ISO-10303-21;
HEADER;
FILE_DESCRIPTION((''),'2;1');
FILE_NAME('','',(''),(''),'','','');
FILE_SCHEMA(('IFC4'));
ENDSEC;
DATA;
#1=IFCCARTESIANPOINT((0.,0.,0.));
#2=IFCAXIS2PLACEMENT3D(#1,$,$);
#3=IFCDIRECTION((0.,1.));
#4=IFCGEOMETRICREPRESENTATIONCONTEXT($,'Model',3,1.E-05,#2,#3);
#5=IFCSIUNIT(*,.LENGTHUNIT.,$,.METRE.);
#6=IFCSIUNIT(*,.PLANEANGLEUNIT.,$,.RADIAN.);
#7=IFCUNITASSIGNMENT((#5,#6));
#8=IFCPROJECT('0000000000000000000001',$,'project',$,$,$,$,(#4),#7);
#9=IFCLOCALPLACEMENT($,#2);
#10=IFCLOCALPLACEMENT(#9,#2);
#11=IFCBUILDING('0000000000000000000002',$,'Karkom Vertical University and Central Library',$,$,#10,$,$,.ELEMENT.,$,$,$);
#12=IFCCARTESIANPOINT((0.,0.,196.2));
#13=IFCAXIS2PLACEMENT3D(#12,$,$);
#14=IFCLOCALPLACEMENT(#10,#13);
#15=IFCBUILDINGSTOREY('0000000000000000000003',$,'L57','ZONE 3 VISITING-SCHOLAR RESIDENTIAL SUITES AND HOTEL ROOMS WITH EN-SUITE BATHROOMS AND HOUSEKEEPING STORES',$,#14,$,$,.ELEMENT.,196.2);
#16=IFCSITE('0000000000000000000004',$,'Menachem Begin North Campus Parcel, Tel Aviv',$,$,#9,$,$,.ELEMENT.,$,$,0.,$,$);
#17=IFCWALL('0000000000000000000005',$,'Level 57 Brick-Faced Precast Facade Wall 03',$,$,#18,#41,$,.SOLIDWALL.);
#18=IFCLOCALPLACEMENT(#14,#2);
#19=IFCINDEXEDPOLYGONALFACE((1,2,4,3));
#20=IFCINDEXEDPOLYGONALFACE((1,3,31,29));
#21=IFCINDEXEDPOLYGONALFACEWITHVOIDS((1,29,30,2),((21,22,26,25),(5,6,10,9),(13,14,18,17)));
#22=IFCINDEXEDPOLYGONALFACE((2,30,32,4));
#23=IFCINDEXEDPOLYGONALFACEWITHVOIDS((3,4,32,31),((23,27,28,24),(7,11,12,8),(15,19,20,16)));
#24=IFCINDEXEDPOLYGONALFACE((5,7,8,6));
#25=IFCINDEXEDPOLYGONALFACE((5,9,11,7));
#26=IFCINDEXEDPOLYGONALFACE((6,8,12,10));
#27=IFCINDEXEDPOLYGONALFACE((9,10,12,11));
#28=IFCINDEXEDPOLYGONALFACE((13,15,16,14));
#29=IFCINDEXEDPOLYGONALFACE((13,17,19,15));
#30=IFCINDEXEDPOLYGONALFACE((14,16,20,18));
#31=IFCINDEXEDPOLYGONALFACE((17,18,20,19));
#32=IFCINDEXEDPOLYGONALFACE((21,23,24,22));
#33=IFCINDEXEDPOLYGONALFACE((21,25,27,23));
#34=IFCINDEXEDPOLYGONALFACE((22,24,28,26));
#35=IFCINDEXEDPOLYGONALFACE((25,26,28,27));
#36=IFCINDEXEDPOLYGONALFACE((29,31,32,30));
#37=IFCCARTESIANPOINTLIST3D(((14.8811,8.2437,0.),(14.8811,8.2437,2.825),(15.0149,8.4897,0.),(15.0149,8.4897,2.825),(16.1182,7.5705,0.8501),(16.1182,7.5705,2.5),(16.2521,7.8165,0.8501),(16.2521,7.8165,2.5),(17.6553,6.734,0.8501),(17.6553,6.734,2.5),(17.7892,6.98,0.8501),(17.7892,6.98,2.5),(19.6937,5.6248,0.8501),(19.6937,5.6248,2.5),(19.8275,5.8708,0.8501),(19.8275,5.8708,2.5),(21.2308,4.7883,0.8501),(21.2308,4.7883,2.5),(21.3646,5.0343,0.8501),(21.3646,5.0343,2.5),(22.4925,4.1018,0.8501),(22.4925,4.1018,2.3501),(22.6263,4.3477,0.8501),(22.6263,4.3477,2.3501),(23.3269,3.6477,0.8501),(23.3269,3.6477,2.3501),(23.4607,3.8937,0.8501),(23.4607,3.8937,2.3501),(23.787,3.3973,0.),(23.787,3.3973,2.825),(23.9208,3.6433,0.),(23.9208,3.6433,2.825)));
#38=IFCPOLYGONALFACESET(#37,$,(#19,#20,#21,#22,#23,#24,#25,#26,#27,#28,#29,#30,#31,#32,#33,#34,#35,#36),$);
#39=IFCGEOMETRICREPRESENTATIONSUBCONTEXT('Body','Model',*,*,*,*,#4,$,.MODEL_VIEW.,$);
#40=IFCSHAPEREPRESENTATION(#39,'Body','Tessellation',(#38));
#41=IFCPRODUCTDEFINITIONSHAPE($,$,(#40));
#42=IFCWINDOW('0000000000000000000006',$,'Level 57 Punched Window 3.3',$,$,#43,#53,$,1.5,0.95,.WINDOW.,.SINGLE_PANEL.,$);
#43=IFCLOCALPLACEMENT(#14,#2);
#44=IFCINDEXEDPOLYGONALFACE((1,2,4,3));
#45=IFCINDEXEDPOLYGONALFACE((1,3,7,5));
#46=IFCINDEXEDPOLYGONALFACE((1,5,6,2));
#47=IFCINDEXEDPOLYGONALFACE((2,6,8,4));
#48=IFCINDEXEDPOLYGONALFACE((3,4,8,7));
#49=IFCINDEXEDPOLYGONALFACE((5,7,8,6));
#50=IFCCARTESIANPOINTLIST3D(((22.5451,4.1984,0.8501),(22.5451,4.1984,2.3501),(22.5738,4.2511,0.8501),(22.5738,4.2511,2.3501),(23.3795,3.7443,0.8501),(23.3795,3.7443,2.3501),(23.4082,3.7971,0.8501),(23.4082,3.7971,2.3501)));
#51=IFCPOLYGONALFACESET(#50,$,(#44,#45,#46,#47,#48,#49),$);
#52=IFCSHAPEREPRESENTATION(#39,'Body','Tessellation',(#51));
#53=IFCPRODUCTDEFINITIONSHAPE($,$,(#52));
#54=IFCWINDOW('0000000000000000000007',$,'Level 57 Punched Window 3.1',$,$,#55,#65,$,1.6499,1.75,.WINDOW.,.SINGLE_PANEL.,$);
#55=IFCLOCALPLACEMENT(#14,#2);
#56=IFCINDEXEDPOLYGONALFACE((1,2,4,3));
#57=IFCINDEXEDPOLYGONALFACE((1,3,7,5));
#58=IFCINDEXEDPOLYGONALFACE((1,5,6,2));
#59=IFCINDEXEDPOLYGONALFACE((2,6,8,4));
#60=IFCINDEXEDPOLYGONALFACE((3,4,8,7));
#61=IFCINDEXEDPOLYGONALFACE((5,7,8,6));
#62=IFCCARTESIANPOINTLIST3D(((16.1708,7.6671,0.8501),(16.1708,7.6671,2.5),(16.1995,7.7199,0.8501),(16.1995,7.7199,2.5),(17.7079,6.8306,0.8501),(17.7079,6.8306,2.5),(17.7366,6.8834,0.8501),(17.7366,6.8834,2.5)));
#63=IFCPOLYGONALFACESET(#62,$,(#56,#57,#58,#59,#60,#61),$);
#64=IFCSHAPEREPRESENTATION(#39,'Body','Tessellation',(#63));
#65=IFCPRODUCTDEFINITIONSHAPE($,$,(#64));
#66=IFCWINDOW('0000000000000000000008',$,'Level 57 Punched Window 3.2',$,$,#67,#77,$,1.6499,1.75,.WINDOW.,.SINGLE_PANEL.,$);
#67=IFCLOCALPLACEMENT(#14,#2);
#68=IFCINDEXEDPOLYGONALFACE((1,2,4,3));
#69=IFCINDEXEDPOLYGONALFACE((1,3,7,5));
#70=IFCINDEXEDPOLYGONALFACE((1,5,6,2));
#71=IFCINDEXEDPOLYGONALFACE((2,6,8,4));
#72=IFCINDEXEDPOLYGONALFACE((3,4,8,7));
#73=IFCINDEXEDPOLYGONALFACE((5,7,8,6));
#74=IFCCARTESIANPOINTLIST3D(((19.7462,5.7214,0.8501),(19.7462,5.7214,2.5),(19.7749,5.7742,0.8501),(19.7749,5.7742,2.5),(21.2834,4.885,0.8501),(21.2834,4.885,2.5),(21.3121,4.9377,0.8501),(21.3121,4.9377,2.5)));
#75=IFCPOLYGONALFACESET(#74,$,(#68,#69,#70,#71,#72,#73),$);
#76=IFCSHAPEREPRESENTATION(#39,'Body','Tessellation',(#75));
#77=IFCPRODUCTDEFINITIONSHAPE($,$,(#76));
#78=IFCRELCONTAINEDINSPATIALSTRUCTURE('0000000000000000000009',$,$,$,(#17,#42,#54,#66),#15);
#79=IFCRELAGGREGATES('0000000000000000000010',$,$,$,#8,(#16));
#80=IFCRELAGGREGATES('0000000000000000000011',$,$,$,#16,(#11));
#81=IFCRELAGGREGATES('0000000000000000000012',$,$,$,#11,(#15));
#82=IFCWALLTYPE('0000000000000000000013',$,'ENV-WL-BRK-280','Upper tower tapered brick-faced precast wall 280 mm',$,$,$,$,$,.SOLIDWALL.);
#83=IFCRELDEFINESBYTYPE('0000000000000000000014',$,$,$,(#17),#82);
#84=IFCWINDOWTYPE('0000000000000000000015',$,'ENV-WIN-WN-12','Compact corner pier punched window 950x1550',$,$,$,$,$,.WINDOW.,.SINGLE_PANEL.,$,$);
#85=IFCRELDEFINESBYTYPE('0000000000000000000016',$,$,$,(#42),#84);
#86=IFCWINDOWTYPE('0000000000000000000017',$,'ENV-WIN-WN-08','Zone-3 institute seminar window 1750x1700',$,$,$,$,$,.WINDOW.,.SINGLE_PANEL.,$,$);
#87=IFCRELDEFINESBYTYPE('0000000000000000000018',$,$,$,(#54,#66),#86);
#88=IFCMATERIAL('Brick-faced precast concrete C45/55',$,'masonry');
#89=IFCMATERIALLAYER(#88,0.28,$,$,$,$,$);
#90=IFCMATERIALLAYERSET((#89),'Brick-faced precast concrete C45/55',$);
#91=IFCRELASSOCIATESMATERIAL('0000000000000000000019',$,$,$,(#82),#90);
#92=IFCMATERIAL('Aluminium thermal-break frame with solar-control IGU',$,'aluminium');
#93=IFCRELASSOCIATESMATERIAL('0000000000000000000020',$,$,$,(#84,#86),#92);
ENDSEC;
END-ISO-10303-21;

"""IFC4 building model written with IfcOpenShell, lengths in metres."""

from ifc_helpers import new_model, si_unit, direction, frame, frame_2d, origin, origin_with_axes, place, context, subcontext, project, spatial, rectangle, extrude, source, transform, mapped, material, layer, layer_set, type_object, element, fill, save


model = new_model("IFC4")

# Units and contexts
model_context = context("Model", 3, precision=1e-05, world=origin(), true_north=direction((0.0, 1.0)))
body_context = subcontext(model_context, "Body", "Model", "MODEL_VIEW")
ifc_project = project(units=[si_unit("LENGTHUNIT", "METRE"), si_unit("PLANEANGLEUNIT", "RADIAN")], contexts=[model_context])

# Site, building, storey
site_placement = place(None, origin())
site = spatial("IfcSite", under=ifc_project, at=site_placement, Name="Menachem Begin North Campus Parcel, Tel Aviv", CompositionType="ELEMENT", RefElevation=0.0)
building_placement = place(site_placement, origin())
building = spatial("IfcBuilding", under=site, at=building_placement, Name="Karkom Vertical University and Central Library", CompositionType="ELEMENT")
storey_placement = place(building_placement, frame((0.0, 0.0, 196.2)))
storey = spatial("IfcBuildingStorey", under=building, at=storey_placement, Name="L57", Description="ZONE 3 VISITING-SCHOLAR RESIDENTIAL SUITES AND HOTEL ROOMS WITH EN-SUITE BATHROOMS AND HOUSEKEEPING STORES", CompositionType="ELEMENT", Elevation=196.2)

# Wall, openings, windows
ifc_material_1 = material(Name="Brick-faced precast concrete C45/55", Category="masonry")
ifc_layer_1 = layer(ifc_material_1, 0.28)
ifc_layer_set_1 = layer_set([ifc_layer_1], Name="Brick-faced precast concrete C45/55")
wall_type_1 = type_object("IfcWallType", Name="ENV-WL-BRK-280", Description="Upper tower tapered brick-faced precast wall 280 mm", PredefinedType="SOLIDWALL", material=ifc_layer_set_1)
wall_1_placement = place(storey_placement, frame((14.948, 8.3667, 0.0), z_axis=(0.0, 0.0, 1.0), x_axis=(0.878367, -0.477986, 0.0)))
wall_1 = element("IfcWall", 1, at=wall_1_placement, inside=storey, type_object=wall_type_1, Name="Level 57 Brick-Faced Precast Facade Wall 03", PredefinedType="SOLIDWALL", context=body_context, shape_type="SweptSolid", body=[
    extrude(rectangle(XDim=10.1392, YDim=0.28, at=frame_2d((5.0696, 0.0))), origin(), (0.0, 0.0, 1.0), 2.825),
])
opening_1_placement = place(wall_1_placement, frame((1.4084, 0.0, 0.8501)))
opening_1 = element("IfcOpeningElement", 2, at=opening_1_placement, cuts=wall_1, PredefinedType="OPENING", context=body_context, shape_type="SweptSolid", body=[
    extrude(rectangle(XDim=1.75, YDim=1.6499, at=frame_2d((0.875, 0.825))), frame((0.0, 0.1499, 0.0), z_axis=(0.0, -1.0, 0.0), x_axis=(1.0, 0.0, 0.0)), (0.0, 0.0, 1.0), 0.3),
])
opening_2_placement = place(wall_1_placement, frame((5.479, 0.0, 0.8501)))
opening_2 = element("IfcOpeningElement", 3, at=opening_2_placement, cuts=wall_1, PredefinedType="OPENING", context=body_context, shape_type="SweptSolid", body=[
    extrude(rectangle(XDim=1.75, YDim=1.6499, at=frame_2d((0.875, 0.825))), frame((0.0, 0.1499, 0.0), z_axis=(0.0, -1.0, 0.0), x_axis=(1.0, 0.0, 0.0)), (0.0, 0.0, 1.0), 0.3),
])
opening_3_placement = place(wall_1_placement, frame((8.6653, 0.0, 0.8501)))
opening_3 = element("IfcOpeningElement", 4, at=opening_3_placement, cuts=wall_1, PredefinedType="OPENING", context=body_context, shape_type="SweptSolid", body=[
    extrude(rectangle(XDim=0.95, YDim=1.5, at=frame_2d((0.4751, 0.75))), frame((0.0, 0.1499, 0.0), z_axis=(0.0, -1.0, 0.0), x_axis=(1.0, 0.0, 0.0)), (0.0, 0.0, 1.0), 0.3),
])
ifc_material_2 = material(Name="Aluminium thermal-break frame with solar-control IGU", Category="aluminium")
window_type_1 = type_object("IfcWindowType", Name="ENV-WIN-WN-12", Description="Compact corner pier punched window 950x1550", PartitioningType="SINGLE_PANEL", PredefinedType="WINDOW", material=ifc_material_2)
shared_shape_1 = source(origin_with_axes(), body_context, "Body", "SweptSolid", [
    extrude(rectangle(XDim=0.95, YDim=1.5, at=frame_2d((0.4751, 0.75))), frame((0.0, 0.03, 0.0), z_axis=(0.0, -1.0, 0.0), x_axis=(1.0, 0.0, 0.0)), (0.0, 0.0, 1.0), 0.0601),
])
window_1_placement = place(opening_3_placement, origin())
window_1 = element("IfcWindow", 5, at=window_1_placement, inside=storey, type_object=window_type_1, Name="Level 57 Punched Window 3.3", OverallHeight=1.5, OverallWidth=0.95, PartitioningType="SINGLE_PANEL", PredefinedType="WINDOW", context=body_context, shape_type="MappedRepresentation", body=[
    mapped(shared_shape_1, transform((0.0, 0.0, 0.0), scale=1.0)),
])
fill(opening_3, window_1)
window_type_2 = type_object("IfcWindowType", Name="ENV-WIN-WN-08", Description="Zone-3 institute seminar window 1750x1700", PartitioningType="SINGLE_PANEL", PredefinedType="WINDOW", material=ifc_material_2)
shared_shape_2 = source(origin_with_axes(), body_context, "Body", "SweptSolid", [
    extrude(rectangle(XDim=1.75, YDim=1.6499, at=frame_2d((0.875, 0.825))), frame((0.0, 0.03, 0.0), z_axis=(0.0, -1.0, 0.0), x_axis=(1.0, 0.0, 0.0)), (0.0, 0.0, 1.0), 0.0601),
])
window_2_placement = place(opening_1_placement, origin())
window_2 = element("IfcWindow", 6, at=window_2_placement, inside=storey, type_object=window_type_2, Name="Level 57 Punched Window 3.1", OverallHeight=1.6499, OverallWidth=1.75, PartitioningType="SINGLE_PANEL", PredefinedType="WINDOW", context=body_context, shape_type="MappedRepresentation", body=[
    mapped(shared_shape_2, transform((0.0, 0.0, 0.0), scale=1.0)),
])
fill(opening_1, window_2)
window_3_placement = place(opening_2_placement, origin())
window_3 = element("IfcWindow", 7, at=window_3_placement, inside=storey, type_object=window_type_2, Name="Level 57 Punched Window 3.2", OverallHeight=1.6499, OverallWidth=1.75, PartitioningType="SINGLE_PANEL", PredefinedType="WINDOW", context=body_context, shape_type="MappedRepresentation", body=[
    mapped(shared_shape_2, transform((0.0, 0.0, 0.0), scale=1.0)),
])
fill(opening_2, window_3)

save(model, "model.ifc")
